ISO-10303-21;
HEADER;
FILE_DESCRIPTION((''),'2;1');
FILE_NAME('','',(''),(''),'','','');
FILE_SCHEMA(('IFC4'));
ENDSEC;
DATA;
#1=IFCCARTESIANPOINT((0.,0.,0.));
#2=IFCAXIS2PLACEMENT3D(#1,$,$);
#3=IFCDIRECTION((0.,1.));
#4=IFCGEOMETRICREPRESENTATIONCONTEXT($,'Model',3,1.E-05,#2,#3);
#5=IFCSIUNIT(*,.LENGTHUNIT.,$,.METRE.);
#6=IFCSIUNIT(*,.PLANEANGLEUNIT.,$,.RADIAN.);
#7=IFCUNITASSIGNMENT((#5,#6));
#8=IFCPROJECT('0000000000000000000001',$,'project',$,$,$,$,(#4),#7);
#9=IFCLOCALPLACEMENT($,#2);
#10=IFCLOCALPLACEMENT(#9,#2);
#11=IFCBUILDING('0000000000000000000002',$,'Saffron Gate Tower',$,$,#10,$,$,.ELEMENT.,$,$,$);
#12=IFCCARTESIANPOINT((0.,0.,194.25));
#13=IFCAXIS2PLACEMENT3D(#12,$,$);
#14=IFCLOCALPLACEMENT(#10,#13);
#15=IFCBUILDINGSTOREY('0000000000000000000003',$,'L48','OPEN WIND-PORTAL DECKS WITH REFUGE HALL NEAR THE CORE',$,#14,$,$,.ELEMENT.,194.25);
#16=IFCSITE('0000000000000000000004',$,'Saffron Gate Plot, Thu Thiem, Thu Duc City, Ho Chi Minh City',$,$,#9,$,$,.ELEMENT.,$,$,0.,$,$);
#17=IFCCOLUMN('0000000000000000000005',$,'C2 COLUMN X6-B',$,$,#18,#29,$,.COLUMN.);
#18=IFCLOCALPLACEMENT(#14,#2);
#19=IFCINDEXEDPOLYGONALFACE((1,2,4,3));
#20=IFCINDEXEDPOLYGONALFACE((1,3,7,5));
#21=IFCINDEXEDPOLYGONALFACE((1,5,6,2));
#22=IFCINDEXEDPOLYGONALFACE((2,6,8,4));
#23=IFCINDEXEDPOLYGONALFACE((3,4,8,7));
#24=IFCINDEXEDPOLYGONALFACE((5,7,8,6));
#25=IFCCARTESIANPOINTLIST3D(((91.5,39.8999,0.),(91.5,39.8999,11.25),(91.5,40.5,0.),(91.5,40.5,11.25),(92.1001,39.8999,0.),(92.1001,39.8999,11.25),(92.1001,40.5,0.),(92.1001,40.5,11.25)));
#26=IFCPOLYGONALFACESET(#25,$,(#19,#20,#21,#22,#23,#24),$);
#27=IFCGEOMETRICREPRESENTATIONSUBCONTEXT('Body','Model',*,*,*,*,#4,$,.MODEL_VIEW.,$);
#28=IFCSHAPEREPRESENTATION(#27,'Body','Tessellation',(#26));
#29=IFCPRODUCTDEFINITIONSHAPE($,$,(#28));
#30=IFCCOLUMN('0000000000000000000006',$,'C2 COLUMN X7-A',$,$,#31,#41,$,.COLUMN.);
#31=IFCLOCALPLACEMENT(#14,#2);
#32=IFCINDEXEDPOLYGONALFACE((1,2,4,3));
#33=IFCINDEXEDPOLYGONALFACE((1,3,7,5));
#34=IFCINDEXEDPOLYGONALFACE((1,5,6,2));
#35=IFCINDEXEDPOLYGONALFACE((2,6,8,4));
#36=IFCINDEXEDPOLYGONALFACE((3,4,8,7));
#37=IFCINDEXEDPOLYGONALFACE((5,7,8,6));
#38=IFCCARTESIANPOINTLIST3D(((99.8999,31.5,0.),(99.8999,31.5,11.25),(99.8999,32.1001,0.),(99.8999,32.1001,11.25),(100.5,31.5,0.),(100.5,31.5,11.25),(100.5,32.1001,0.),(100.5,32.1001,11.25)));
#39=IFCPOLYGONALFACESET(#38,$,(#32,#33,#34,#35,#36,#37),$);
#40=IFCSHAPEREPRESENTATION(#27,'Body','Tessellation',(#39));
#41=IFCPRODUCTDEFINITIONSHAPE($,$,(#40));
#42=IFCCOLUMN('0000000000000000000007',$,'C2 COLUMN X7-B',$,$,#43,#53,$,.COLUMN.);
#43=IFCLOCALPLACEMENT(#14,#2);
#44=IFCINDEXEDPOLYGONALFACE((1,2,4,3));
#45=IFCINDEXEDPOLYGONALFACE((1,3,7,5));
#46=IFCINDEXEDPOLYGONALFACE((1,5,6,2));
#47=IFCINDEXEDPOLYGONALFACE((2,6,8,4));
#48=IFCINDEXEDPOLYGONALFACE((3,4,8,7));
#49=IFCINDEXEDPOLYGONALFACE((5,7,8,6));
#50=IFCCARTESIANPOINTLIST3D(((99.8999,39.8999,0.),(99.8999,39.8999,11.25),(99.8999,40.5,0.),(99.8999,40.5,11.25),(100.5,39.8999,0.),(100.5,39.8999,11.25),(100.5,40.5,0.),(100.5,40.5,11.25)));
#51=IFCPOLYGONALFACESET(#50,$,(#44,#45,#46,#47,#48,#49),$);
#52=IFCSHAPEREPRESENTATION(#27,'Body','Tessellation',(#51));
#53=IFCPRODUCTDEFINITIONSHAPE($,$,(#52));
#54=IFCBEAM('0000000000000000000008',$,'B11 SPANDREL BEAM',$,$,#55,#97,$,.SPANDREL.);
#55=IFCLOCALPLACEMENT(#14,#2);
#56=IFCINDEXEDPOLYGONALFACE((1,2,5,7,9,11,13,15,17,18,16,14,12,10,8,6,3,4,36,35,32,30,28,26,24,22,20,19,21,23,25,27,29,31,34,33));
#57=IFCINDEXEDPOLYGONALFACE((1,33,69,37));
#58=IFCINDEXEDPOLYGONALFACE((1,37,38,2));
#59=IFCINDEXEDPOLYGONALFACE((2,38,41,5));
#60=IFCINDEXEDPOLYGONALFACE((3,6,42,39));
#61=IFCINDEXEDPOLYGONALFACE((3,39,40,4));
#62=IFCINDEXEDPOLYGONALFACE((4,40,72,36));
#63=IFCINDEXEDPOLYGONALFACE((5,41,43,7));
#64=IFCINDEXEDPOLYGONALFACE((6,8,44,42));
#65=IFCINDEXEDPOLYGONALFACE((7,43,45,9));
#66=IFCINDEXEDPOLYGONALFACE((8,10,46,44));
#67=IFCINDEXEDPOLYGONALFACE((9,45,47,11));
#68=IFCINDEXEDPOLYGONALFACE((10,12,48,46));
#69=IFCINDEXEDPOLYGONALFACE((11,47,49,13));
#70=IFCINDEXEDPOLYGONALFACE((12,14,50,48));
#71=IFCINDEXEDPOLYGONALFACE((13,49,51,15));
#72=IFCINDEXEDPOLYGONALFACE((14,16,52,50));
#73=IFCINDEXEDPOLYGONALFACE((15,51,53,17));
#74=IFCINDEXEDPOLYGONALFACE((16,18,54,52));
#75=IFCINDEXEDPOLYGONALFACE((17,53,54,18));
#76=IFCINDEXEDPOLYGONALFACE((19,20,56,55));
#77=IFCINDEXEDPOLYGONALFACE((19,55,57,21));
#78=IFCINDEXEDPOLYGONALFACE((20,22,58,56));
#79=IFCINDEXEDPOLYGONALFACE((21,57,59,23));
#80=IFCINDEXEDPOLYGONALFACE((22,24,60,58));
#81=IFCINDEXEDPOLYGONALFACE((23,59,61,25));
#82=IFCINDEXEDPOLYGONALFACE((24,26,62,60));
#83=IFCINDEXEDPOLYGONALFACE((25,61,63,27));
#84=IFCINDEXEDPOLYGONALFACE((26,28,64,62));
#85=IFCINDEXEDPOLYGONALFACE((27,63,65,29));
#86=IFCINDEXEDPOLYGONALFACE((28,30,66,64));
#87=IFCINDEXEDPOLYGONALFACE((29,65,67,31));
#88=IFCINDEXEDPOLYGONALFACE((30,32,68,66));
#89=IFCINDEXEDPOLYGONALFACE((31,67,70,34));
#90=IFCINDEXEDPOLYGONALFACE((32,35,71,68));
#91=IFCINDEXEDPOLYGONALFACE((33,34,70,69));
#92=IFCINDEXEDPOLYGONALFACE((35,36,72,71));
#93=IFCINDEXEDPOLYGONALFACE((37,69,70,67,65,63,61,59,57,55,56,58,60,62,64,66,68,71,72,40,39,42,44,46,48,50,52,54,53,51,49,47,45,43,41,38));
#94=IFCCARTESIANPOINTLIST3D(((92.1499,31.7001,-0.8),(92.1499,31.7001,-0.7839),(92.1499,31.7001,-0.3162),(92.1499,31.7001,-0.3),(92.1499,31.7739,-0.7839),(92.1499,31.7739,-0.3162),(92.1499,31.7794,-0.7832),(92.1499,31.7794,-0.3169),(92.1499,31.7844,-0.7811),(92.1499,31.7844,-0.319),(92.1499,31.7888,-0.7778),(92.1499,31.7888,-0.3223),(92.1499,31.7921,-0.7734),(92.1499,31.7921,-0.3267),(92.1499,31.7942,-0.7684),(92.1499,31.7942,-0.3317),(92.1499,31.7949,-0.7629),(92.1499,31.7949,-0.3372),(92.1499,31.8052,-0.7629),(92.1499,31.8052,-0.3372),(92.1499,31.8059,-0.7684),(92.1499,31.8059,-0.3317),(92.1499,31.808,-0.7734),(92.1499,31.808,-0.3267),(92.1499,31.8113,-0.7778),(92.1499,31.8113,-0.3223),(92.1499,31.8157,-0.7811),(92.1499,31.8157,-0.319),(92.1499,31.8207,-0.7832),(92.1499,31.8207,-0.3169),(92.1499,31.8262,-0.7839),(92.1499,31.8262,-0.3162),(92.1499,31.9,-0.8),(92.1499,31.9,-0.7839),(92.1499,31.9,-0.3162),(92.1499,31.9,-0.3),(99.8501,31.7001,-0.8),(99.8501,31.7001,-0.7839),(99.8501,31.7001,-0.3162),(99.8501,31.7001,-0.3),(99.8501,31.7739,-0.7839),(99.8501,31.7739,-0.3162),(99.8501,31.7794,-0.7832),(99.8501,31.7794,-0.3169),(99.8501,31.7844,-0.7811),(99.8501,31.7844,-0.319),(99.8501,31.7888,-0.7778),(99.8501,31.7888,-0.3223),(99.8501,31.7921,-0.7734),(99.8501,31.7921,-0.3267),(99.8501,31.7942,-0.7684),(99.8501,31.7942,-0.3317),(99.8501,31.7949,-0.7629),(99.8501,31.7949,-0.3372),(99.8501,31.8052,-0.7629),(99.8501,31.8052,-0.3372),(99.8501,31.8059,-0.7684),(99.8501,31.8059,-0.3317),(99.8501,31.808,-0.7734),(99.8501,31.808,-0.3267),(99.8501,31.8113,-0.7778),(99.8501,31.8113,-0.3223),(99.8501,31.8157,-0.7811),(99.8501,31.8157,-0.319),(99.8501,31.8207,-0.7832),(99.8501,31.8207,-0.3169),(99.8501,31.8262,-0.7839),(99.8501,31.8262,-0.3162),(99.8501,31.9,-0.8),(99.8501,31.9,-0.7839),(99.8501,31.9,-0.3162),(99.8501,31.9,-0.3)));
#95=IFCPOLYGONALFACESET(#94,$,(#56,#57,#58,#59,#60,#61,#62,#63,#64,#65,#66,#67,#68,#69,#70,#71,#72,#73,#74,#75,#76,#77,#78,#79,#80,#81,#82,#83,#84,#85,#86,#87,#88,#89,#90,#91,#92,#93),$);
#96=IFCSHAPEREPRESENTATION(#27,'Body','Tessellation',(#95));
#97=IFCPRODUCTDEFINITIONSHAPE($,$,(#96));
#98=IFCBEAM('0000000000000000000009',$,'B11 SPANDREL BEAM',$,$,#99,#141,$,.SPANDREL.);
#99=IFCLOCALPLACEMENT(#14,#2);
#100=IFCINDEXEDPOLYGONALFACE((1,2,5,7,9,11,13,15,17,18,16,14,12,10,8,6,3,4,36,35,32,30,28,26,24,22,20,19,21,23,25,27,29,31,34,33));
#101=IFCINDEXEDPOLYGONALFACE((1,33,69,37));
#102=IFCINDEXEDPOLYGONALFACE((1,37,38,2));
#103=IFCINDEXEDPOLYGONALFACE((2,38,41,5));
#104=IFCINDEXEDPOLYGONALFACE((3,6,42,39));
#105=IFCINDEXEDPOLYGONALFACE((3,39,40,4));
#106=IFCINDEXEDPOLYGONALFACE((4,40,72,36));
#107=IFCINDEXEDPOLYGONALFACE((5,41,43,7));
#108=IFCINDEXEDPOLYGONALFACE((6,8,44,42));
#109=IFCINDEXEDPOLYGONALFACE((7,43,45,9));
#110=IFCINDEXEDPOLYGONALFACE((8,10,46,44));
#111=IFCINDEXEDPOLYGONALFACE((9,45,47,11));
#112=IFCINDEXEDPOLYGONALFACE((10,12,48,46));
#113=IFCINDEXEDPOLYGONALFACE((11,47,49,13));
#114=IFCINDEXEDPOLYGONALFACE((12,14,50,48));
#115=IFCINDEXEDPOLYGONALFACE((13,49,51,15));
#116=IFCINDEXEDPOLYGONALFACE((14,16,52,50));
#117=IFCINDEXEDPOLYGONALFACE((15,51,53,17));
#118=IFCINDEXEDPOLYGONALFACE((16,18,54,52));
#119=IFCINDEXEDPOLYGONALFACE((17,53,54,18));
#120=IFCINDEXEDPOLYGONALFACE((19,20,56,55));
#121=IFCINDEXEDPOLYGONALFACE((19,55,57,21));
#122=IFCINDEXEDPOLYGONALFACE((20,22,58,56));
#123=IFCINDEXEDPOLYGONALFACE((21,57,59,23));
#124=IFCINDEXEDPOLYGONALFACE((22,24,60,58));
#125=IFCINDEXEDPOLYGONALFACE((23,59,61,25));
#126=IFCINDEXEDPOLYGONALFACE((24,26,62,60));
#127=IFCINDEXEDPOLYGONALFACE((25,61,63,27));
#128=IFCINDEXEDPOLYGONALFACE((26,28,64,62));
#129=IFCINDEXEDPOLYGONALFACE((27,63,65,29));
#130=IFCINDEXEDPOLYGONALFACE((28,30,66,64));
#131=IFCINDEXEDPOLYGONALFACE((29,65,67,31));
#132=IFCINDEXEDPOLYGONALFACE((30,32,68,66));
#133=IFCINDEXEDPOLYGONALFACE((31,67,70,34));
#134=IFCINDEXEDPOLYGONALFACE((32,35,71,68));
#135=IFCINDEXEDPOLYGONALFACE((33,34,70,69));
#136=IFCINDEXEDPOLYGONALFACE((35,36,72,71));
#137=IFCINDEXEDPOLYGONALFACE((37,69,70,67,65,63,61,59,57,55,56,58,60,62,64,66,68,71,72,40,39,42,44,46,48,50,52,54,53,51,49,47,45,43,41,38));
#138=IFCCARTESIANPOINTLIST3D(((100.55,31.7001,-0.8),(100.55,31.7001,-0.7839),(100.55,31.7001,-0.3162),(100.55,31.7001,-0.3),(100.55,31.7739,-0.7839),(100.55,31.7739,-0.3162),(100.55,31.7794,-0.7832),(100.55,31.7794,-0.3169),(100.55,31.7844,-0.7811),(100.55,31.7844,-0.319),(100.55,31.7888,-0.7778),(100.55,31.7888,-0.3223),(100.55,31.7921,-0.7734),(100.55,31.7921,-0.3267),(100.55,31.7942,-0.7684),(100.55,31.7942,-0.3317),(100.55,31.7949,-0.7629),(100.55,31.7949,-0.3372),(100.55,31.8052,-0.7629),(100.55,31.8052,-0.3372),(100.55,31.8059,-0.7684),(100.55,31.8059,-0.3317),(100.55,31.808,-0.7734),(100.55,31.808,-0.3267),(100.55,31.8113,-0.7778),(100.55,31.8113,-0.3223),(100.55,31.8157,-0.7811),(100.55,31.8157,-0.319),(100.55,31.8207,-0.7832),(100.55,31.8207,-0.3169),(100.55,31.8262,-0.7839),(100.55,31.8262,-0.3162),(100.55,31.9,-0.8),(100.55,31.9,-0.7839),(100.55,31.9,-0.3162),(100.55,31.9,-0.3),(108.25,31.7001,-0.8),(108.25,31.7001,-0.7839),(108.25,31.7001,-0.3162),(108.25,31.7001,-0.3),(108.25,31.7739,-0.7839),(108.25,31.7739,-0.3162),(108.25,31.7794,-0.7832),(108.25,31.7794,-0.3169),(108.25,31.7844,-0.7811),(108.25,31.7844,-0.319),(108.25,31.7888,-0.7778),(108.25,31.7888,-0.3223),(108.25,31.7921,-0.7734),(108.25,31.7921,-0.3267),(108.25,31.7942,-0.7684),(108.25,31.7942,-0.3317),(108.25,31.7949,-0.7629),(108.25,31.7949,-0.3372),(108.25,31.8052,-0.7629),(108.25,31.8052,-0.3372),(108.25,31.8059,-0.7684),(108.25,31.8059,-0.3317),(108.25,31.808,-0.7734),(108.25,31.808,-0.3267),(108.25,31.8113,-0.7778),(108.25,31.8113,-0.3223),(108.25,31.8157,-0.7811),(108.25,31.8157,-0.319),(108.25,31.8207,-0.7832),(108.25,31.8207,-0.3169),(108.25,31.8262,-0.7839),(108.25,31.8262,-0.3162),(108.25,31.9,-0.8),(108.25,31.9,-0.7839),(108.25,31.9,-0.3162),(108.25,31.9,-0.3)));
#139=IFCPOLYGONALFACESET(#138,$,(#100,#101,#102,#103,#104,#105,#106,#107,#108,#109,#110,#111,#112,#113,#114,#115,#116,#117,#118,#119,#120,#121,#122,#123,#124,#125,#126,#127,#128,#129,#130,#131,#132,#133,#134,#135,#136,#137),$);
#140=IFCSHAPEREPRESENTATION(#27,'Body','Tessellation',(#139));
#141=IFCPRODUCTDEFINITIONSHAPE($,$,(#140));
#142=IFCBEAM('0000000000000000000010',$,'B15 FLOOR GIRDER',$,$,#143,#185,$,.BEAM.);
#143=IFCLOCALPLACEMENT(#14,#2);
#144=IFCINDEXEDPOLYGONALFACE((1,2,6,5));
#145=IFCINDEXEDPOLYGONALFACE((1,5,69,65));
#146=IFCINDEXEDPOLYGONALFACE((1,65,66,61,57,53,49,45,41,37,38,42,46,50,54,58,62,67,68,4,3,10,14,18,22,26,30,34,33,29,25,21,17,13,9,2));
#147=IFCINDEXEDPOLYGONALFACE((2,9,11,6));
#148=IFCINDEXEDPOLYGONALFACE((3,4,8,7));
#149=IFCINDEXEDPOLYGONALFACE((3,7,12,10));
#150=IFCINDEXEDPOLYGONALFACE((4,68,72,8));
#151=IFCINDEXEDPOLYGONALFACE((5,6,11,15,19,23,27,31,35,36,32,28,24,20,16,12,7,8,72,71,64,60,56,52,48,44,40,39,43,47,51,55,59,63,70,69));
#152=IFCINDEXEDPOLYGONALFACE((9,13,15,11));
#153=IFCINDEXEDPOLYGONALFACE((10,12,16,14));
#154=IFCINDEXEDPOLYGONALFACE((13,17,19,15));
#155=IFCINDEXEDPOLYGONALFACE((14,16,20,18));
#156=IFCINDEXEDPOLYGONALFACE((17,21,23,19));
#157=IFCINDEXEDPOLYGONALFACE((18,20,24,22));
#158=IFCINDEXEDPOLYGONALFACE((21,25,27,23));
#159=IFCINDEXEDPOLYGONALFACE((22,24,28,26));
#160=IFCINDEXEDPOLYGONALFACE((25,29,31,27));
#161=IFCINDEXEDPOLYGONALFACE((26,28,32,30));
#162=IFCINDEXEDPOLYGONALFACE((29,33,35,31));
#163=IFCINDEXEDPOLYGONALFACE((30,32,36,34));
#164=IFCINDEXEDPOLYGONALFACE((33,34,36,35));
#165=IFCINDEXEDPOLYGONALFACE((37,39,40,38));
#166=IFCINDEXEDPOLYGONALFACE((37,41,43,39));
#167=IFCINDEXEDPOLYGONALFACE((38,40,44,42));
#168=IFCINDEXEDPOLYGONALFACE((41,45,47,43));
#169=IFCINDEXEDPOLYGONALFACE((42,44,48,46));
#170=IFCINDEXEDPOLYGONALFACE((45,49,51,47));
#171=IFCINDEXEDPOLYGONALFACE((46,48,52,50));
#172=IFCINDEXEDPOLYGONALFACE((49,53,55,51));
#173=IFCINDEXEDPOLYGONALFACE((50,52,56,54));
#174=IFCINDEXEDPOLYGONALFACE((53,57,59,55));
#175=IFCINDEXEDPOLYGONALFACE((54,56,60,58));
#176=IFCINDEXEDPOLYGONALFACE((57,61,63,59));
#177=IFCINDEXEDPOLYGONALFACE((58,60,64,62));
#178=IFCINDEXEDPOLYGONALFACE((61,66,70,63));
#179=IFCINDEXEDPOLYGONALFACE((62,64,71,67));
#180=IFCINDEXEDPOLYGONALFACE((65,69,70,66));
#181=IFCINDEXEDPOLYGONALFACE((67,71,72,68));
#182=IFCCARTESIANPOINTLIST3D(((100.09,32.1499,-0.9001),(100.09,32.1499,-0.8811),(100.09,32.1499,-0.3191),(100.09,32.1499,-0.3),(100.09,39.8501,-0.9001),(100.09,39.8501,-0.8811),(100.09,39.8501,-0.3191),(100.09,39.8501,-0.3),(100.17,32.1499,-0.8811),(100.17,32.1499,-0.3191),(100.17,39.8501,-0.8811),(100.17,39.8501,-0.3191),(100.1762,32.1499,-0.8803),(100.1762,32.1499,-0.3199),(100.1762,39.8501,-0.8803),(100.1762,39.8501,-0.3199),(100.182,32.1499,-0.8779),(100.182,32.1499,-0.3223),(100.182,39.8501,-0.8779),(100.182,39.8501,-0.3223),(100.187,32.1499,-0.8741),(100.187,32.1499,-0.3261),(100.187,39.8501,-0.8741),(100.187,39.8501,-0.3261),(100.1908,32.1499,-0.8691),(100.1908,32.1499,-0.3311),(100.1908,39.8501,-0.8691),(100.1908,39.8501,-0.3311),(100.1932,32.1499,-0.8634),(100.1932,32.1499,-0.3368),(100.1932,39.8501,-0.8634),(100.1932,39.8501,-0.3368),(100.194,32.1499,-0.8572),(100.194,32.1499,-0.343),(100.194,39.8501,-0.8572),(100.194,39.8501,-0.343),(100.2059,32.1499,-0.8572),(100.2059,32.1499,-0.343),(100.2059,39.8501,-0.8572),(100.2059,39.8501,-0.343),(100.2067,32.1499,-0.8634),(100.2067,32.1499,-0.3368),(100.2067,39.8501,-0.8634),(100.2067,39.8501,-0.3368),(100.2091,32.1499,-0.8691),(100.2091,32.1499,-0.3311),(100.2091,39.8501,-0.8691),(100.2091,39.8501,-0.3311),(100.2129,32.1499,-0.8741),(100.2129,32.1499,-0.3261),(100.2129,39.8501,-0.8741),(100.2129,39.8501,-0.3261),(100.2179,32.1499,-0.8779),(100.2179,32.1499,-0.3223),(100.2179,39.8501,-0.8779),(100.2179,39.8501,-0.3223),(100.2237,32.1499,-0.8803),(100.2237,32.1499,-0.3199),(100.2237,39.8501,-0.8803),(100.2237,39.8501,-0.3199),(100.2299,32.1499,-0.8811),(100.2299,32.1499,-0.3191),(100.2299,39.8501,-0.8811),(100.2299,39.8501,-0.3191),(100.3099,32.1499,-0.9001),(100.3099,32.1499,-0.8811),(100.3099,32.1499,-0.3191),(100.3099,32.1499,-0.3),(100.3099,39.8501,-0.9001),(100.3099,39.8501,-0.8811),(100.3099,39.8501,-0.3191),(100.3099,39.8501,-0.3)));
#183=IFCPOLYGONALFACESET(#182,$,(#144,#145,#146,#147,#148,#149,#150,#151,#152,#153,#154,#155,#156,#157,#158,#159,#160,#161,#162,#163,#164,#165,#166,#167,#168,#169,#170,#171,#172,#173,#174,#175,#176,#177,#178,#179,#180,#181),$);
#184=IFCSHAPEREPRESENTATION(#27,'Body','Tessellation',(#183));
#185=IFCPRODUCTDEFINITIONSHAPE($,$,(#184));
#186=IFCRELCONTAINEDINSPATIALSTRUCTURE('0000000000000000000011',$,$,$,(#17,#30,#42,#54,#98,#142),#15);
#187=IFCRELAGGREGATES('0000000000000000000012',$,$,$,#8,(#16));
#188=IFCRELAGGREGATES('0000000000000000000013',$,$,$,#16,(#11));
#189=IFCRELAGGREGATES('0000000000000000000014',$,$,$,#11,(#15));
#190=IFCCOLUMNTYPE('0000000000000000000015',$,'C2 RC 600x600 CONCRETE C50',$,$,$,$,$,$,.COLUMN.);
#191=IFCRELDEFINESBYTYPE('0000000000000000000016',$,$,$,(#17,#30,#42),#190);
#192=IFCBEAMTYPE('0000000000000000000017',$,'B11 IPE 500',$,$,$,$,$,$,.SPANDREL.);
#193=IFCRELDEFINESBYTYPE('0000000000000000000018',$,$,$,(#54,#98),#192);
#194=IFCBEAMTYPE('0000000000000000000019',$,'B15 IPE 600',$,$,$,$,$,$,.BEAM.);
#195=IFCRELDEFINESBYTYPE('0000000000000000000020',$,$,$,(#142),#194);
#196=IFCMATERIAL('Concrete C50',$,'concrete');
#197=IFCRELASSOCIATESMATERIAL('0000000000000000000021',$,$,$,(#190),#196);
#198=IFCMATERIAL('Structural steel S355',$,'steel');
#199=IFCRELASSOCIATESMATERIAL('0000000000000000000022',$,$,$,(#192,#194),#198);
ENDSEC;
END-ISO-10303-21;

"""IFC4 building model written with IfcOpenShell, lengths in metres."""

from ifc_helpers import new_model, si_unit, direction, frame, origin, origin_2d, place, context, subcontext, project, spatial, rectangle, i_section, extrude, material, material_profile, profile_set, type_object, element, save


model = new_model("IFC4")

# Units and contexts
model_context = context("Model", 3, precision=1e-05, world=origin(), true_north=direction((0.0, 1.0)))
body_context = subcontext(model_context, "Body", "Model", "MODEL_VIEW")
ifc_project = project(units=[si_unit("LENGTHUNIT", "METRE"), si_unit("PLANEANGLEUNIT", "RADIAN")], contexts=[model_context])

# Site, building, storey
site_placement = place(None, origin())
site = spatial("IfcSite", under=ifc_project, at=site_placement, Name="Saffron Gate Plot, Thu Thiem, Thu Duc City, Ho Chi Minh City", CompositionType="ELEMENT", RefElevation=0.0)
building_placement = place(site_placement, origin())
building = spatial("IfcBuilding", under=site, at=building_placement, Name="Saffron Gate Tower", CompositionType="ELEMENT")
storey_placement = place(building_placement, frame((0.0, 0.0, 194.25)))
storey = spatial("IfcBuildingStorey", under=building, at=storey_placement, Name="L48", Description="OPEN WIND-PORTAL DECKS WITH REFUGE HALL NEAR THE CORE", CompositionType="ELEMENT", Elevation=194.25)

# Columns
ifc_material_1 = material(Name="Concrete C50", Category="concrete")
ifc_material_profile_1 = material_profile(ifc_material_1, rectangle(XDim=0.6001, YDim=0.6001, at=origin_2d()))
ifc_profile_set_1 = profile_set([ifc_material_profile_1], Name="Concrete C50")
column_type = type_object("IfcColumnType", Name="C2 RC 600x600 CONCRETE C50", PredefinedType="COLUMN", material=ifc_profile_set_1)
for number, where, z_axis, x_axis, name in (
    (1, (91.8, 40.2, 0.0), (0.0, 0.0, 1.0), (1.0, 0.0, 0.0), "C2 COLUMN X6-B"),
    (2, (100.2, 31.8, 0.0), (0.0, 0.0, 1.0), (1.0, 0.0, 0.0), "C2 COLUMN X7-A"),
    (3, (100.2, 40.2, 0.0), (0.0, 0.0, 1.0), (1.0, 0.0, 0.0), "C2 COLUMN X7-B"),
):
    element("IfcColumn", number, at=place(storey_placement, frame(where, z_axis=z_axis, x_axis=x_axis)), inside=storey, type_object=column_type, Name=name, PredefinedType="COLUMN", context=body_context, shape_type="SweptSolid", body=[
        extrude(rectangle(XDim=0.6001, YDim=0.6001, at=origin_2d()), origin(), (0.0, 0.0, 1.0), 11.25),
    ])

# Beams
ifc_material_2 = material(Name="Structural steel S355", Category="steel")
ifc_material_profile_2 = material_profile(ifc_material_2, i_section(OverallWidth=0.2, OverallDepth=0.5, WebThickness=0.0103, FlangeThickness=0.0161, FilletRadius=0.021, at=origin_2d()))
ifc_profile_set_2 = profile_set([ifc_material_profile_2], Name="Structural steel S355")
beam_type_1 = type_object("IfcBeamType", Name="B11 IPE 500", PredefinedType="SPANDREL", material=ifc_profile_set_2)
beam_1_placement = place(storey_placement, frame((92.1499, 31.8, -0.55), z_axis=(1.0, 0.0, 0.0), x_axis=(0.0, 1.0, 0.0)))
element("IfcBeam", 4, at=beam_1_placement, inside=storey, type_object=beam_type_1, Name="B11 SPANDREL BEAM", PredefinedType="SPANDREL", context=body_context, shape_type="SweptSolid", body=[
    extrude(i_section(OverallWidth=0.2, OverallDepth=0.5, WebThickness=0.0103, FlangeThickness=0.0161, FilletRadius=0.021, at=origin_2d()), origin(), (0.0, 0.0, 1.0), 7.7002),
])
beam_2_placement = place(storey_placement, frame((100.55, 31.8, -0.55), z_axis=(1.0, 0.0, 0.0), x_axis=(0.0, 1.0, 0.0)))
element("IfcBeam", 5, at=beam_2_placement, inside=storey, type_object=beam_type_1, Name="B11 SPANDREL BEAM", PredefinedType="SPANDREL", context=body_context, shape_type="SweptSolid", body=[
    extrude(i_section(OverallWidth=0.2, OverallDepth=0.5, WebThickness=0.0103, FlangeThickness=0.0161, FilletRadius=0.021, at=origin_2d()), origin(), (0.0, 0.0, 1.0), 7.7),
])
ifc_material_profile_3 = material_profile(ifc_material_2, i_section(OverallWidth=0.22, OverallDepth=0.6001, WebThickness=0.012, FlangeThickness=0.019, FilletRadius=0.0239, at=origin_2d()))
ifc_profile_set_3 = profile_set([ifc_material_profile_3], Name="Structural steel S355")
beam_type_2 = type_object("IfcBeamType", Name="B15 IPE 600", PredefinedType="BEAM", material=ifc_profile_set_3)
beam_3_placement = place(storey_placement, frame((100.2, 32.1499, -0.6001), z_axis=(0.0, 1.0, 0.0), x_axis=(-1.0, 0.0, 0.0)))
element("IfcBeam", 6, at=beam_3_placement, inside=storey, type_object=beam_type_2, Name="B15 FLOOR GIRDER", PredefinedType="BEAM", context=body_context, shape_type="SweptSolid", body=[
    extrude(i_section(OverallWidth=0.22, OverallDepth=0.6001, WebThickness=0.012, FlangeThickness=0.019, FilletRadius=0.0239, at=origin_2d()), origin(), (0.0, 0.0, 1.0), 7.7002),
])

save(model, "model.ifc")
